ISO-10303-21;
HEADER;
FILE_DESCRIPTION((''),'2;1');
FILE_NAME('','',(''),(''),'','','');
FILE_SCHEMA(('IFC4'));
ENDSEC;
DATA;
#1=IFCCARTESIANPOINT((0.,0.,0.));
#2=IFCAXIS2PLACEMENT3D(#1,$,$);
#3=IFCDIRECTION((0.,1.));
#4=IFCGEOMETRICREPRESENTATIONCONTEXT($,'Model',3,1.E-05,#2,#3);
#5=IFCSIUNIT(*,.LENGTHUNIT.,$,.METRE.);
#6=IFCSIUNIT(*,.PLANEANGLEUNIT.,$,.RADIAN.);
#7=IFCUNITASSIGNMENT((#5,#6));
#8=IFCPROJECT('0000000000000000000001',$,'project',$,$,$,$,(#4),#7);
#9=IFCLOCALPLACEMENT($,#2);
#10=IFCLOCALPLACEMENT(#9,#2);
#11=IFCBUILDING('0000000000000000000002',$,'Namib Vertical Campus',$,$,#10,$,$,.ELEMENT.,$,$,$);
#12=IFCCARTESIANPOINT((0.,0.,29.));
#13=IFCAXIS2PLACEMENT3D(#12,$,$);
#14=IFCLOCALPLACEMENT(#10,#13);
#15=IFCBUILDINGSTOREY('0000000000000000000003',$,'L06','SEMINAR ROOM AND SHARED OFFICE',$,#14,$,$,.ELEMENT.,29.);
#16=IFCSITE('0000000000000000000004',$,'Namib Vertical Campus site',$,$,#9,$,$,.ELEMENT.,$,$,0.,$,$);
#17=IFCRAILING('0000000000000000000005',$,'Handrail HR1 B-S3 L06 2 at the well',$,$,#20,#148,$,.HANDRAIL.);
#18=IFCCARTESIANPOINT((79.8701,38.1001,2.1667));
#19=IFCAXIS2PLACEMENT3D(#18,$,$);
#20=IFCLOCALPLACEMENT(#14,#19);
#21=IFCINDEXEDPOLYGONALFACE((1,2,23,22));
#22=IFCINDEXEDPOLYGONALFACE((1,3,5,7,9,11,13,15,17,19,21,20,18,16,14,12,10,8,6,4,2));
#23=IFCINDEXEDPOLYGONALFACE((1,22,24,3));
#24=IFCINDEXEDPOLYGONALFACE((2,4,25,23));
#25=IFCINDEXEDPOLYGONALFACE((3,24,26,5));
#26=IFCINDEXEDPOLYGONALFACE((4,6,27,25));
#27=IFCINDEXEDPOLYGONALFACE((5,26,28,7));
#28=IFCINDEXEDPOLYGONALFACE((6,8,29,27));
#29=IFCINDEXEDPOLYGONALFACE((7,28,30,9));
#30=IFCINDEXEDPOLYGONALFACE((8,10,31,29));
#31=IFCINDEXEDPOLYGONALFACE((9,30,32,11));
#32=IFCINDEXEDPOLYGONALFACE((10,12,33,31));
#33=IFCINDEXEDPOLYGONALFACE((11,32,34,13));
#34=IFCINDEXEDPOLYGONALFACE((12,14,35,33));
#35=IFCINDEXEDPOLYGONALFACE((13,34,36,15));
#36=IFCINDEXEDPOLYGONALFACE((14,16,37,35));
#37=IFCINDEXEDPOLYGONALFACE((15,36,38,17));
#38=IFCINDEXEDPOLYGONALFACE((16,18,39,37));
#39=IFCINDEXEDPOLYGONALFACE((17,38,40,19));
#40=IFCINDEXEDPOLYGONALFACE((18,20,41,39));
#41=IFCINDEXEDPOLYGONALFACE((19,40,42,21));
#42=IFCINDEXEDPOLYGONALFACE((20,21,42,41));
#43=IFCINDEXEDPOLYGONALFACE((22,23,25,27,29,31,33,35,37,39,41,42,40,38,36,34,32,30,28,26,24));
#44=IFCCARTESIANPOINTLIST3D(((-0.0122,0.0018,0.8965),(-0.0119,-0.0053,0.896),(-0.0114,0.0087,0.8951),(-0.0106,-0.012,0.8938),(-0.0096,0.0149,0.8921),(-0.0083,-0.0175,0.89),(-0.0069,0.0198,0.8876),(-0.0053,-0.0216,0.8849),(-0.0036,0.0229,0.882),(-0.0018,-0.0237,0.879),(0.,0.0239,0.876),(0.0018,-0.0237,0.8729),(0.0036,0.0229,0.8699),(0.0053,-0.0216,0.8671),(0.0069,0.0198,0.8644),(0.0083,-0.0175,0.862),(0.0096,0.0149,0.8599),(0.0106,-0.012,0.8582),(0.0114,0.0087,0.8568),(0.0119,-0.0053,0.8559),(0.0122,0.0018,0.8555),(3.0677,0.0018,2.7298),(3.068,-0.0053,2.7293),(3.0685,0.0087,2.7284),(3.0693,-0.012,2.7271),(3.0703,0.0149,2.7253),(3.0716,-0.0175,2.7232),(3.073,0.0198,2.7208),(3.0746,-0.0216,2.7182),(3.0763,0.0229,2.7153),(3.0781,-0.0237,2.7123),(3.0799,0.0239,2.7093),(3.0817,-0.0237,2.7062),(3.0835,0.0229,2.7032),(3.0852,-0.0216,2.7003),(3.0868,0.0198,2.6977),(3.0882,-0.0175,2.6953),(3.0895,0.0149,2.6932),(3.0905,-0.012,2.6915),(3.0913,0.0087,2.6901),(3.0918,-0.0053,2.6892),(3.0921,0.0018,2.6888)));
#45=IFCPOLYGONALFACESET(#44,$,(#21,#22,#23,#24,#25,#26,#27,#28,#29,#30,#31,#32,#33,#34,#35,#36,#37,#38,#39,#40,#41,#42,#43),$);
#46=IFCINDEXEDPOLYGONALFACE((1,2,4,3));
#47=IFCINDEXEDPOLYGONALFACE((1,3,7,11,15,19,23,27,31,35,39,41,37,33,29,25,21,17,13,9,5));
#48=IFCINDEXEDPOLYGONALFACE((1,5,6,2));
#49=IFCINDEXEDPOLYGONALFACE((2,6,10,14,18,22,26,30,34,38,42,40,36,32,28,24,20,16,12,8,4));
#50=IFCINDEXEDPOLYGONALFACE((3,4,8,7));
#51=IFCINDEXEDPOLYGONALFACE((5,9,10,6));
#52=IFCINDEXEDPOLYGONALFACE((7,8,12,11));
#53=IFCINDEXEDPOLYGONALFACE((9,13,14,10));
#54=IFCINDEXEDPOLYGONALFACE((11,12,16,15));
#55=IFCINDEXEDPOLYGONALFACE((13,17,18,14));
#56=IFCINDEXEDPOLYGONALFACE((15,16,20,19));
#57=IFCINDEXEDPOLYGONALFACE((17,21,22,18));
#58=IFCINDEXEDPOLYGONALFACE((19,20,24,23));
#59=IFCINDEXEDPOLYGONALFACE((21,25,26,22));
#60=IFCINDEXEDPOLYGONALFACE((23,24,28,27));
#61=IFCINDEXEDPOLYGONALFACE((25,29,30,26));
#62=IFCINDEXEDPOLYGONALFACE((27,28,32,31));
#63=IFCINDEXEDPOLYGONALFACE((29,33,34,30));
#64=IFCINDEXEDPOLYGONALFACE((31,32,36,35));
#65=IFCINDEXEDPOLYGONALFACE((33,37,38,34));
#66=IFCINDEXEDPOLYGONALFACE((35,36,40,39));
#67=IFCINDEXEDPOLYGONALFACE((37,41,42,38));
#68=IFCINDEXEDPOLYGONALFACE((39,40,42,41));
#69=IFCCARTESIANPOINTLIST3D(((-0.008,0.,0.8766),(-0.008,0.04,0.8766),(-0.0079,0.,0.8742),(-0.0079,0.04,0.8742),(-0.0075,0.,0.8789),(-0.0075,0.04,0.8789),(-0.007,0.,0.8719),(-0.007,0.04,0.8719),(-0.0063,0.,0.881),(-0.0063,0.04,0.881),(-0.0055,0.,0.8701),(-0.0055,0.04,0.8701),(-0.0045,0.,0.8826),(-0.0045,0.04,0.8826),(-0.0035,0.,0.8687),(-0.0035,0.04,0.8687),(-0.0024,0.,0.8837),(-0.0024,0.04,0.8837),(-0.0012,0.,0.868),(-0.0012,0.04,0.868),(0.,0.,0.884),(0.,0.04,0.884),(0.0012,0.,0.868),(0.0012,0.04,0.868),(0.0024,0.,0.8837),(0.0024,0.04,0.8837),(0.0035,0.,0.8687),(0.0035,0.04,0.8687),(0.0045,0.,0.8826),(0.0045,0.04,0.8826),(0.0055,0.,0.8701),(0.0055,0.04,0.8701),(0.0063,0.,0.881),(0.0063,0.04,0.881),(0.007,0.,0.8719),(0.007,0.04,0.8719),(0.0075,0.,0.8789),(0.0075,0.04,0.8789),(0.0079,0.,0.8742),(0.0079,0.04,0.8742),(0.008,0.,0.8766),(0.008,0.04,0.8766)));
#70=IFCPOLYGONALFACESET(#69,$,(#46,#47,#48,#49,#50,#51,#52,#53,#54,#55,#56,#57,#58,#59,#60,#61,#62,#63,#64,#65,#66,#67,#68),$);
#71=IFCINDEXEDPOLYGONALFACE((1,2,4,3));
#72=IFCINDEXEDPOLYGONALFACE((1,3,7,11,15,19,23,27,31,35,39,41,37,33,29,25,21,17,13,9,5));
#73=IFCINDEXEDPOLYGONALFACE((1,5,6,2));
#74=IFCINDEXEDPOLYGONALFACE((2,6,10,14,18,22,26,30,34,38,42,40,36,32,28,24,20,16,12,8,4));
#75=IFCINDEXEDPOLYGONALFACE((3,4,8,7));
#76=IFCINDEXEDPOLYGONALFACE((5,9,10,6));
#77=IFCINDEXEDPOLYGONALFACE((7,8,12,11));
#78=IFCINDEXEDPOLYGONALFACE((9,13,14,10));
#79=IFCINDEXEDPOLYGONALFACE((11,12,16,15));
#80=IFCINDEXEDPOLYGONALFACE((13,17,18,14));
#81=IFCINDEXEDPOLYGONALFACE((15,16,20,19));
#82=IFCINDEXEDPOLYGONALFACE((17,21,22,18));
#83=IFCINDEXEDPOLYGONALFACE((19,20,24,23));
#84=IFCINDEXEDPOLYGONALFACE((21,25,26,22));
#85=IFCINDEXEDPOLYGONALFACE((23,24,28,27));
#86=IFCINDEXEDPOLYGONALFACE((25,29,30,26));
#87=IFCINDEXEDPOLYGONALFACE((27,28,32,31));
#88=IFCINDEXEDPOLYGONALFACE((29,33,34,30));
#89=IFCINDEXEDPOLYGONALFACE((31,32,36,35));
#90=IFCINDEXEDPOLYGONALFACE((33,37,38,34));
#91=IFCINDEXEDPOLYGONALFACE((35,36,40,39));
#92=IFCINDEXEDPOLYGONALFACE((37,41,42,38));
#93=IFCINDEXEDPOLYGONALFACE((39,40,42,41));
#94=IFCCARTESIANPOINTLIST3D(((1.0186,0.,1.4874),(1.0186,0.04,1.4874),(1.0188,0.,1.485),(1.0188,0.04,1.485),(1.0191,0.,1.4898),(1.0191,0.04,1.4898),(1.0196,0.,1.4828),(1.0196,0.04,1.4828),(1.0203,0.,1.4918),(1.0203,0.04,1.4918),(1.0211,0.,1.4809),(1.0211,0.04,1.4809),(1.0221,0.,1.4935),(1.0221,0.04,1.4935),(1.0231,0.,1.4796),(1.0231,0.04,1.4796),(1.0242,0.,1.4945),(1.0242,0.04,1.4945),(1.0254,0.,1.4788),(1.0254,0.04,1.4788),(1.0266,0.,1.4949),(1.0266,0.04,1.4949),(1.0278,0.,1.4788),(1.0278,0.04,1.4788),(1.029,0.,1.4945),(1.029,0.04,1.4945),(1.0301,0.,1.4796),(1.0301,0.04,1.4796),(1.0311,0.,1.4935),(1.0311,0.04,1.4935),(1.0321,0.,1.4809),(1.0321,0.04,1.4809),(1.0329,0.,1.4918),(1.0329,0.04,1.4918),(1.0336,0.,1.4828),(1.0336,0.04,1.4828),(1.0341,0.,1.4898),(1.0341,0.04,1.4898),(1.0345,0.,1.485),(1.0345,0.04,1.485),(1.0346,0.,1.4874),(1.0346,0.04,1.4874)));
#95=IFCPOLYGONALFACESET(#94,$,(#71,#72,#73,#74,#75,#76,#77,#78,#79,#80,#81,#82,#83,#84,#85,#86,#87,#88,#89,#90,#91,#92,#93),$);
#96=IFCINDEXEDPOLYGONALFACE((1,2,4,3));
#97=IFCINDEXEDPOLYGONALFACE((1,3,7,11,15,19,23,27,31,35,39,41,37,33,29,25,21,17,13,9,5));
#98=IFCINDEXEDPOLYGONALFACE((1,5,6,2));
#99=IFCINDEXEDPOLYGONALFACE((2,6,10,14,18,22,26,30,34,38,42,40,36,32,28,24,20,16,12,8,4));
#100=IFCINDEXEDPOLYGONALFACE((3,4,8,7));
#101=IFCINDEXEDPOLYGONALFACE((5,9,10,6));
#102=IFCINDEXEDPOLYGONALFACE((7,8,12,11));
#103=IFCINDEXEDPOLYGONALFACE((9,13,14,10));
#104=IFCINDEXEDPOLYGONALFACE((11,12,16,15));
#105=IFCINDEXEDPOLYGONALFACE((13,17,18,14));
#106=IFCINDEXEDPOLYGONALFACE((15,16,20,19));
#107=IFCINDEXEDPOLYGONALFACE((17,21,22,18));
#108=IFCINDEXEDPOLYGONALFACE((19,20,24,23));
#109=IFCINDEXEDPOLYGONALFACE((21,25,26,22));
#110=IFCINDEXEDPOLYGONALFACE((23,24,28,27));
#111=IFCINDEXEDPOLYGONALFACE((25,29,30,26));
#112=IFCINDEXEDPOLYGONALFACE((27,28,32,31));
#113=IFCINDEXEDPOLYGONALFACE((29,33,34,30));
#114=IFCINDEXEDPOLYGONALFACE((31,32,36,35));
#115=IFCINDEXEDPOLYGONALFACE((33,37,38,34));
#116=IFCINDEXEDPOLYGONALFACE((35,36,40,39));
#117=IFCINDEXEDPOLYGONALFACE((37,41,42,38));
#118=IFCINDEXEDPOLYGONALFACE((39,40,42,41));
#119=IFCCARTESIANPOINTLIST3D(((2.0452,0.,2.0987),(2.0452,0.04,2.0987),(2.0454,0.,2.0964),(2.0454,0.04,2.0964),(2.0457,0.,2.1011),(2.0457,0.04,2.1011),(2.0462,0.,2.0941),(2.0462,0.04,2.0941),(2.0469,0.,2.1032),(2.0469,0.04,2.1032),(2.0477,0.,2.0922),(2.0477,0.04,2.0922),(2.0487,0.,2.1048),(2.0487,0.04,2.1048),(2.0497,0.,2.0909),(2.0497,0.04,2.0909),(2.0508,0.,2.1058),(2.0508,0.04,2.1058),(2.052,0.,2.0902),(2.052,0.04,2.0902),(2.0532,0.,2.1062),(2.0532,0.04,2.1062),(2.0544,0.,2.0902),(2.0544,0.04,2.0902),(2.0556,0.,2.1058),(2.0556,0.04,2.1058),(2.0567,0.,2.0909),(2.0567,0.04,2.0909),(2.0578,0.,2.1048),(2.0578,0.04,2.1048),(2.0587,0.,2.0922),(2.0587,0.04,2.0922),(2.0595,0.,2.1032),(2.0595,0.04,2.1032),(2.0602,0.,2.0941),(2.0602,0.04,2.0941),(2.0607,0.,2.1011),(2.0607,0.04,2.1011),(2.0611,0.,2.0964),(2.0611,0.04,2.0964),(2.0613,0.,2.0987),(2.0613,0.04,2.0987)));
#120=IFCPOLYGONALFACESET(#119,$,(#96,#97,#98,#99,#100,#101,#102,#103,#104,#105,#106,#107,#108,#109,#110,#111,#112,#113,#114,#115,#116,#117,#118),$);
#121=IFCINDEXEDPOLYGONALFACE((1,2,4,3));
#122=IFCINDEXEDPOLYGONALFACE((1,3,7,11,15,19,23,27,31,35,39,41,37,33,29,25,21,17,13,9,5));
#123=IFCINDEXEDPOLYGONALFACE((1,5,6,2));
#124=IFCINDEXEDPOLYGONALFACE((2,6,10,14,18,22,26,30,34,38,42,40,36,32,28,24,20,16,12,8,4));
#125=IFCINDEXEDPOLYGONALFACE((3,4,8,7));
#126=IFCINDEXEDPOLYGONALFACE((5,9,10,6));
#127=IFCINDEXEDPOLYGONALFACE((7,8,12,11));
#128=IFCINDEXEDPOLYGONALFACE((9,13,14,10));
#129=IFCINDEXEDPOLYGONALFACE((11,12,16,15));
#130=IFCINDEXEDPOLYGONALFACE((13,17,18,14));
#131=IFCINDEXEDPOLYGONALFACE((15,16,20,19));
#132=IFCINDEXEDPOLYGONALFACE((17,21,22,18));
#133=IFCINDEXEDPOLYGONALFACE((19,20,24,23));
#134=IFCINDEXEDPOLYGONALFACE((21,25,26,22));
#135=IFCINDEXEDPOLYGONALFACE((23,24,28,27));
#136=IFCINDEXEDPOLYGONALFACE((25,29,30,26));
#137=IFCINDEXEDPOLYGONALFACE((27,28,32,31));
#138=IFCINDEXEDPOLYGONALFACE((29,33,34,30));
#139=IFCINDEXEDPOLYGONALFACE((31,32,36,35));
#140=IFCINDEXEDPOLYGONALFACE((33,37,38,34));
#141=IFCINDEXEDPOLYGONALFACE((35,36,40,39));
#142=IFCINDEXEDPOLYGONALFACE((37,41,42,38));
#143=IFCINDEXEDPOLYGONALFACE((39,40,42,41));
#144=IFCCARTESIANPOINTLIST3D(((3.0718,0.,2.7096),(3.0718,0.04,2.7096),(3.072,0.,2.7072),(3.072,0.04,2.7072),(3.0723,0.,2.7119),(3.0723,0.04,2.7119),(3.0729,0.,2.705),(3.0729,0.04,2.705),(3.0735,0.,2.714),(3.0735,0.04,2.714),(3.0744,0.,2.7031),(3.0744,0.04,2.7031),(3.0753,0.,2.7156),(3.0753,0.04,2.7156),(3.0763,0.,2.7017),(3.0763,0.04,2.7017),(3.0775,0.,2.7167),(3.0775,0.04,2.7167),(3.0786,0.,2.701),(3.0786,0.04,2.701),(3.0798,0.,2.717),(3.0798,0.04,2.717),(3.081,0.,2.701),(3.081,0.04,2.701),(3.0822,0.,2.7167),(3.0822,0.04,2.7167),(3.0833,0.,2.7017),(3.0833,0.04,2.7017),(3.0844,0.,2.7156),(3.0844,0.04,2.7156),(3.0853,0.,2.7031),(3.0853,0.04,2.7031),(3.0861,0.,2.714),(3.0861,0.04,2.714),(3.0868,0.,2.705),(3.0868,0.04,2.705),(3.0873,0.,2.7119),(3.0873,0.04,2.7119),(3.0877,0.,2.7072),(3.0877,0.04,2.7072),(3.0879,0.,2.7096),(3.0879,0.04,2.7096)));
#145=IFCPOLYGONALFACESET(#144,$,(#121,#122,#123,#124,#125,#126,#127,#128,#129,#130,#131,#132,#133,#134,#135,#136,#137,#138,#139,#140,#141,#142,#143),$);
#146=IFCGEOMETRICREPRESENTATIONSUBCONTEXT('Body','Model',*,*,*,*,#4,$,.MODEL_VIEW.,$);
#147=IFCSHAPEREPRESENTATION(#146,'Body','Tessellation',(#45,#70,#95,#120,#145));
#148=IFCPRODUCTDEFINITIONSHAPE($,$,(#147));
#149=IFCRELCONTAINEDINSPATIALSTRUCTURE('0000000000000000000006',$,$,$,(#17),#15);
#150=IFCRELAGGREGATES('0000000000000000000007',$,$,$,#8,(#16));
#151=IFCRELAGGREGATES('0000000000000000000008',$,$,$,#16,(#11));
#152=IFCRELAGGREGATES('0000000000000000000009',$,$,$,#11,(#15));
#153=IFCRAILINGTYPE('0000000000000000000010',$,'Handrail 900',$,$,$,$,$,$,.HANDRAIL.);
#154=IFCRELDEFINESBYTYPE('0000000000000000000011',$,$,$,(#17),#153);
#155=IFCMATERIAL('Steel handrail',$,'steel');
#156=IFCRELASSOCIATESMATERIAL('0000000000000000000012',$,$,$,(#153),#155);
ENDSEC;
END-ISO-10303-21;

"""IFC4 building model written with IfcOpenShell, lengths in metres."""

from ifc_helpers import new_model, si_unit, direction, frame, origin, origin_2d, place, context, subcontext, project, spatial, circle, extrude, material, type_object, element, save


model = new_model("IFC4")

# Units and contexts
model_context = context("Model", 3, precision=1e-05, world=origin(), true_north=direction((0.0, 1.0)))
body_context = subcontext(model_context, "Body", "Model", "MODEL_VIEW")
ifc_project = project(units=[si_unit("LENGTHUNIT", "METRE"), si_unit("PLANEANGLEUNIT", "RADIAN")], contexts=[model_context])

# Site, building, storey
site_placement = place(None, origin())
site = spatial("IfcSite", under=ifc_project, at=site_placement, Name="Namib Vertical Campus site", CompositionType="ELEMENT", RefElevation=0.0)
building_placement = place(site_placement, origin())
building = spatial("IfcBuilding", under=site, at=building_placement, Name="Namib Vertical Campus", CompositionType="ELEMENT")
storey_placement = place(building_placement, frame((0.0, 0.0, 29.0)))
storey = spatial("IfcBuildingStorey", under=building, at=storey_placement, Name="L06", Description="SEMINAR ROOM AND SHARED OFFICE", CompositionType="ELEMENT", Elevation=29.0)

# Railing
ifc_material_1 = material(Name="Steel handrail", Category="steel")
railing_type_1 = type_object("IfcRailingType", Name="Handrail 900", PredefinedType="HANDRAIL", material=ifc_material_1)
railing_1_placement = place(storey_placement, frame((79.8701, 38.1001, 2.1667)))
element("IfcRailing", 1, at=railing_1_placement, inside=storey, type_object=railing_type_1, Name="Handrail HR1 B-S3 L06 2 at the well", PredefinedType="HANDRAIL", context=body_context, shape_type="SweptSolid", body=[
    extrude(circle(Radius=0.0239, at=origin_2d()), frame((0.0, 0.0, 0.876), z_axis=(0.859291, 0.0, 0.511487), x_axis=(0.0, 1.0, 0.0)), (0.0, 0.0, 1.0), 3.5842),
    extrude(circle(Radius=0.0081, at=origin_2d()), frame((0.0, 0.0, 0.876), z_axis=(0.0, 1.0, 0.0), x_axis=(0.0, 0.0, 1.0)), (0.0, 0.0, 1.0), 0.04),
    extrude(circle(Radius=0.0081, at=origin_2d()), frame((1.0266, 0.0, 1.4868), z_axis=(0.0, 1.0, 0.0), x_axis=(0.0, 0.0, 1.0)), (0.0, 0.0, 1.0), 0.04),
    extrude(circle(Radius=0.0081, at=origin_2d()), frame((2.0532, 0.0, 2.0981), z_axis=(0.0, 1.0, 0.0), x_axis=(0.0, 0.0, 1.0)), (0.0, 0.0, 1.0), 0.04),
    extrude(circle(Radius=0.0081, at=origin_2d()), frame((3.0798, 0.0, 2.709), z_axis=(0.0, 1.0, 0.0), x_axis=(0.0, 0.0, 1.0)), (0.0, 0.0, 1.0), 0.04),
])

save(model, "model.ifc")
